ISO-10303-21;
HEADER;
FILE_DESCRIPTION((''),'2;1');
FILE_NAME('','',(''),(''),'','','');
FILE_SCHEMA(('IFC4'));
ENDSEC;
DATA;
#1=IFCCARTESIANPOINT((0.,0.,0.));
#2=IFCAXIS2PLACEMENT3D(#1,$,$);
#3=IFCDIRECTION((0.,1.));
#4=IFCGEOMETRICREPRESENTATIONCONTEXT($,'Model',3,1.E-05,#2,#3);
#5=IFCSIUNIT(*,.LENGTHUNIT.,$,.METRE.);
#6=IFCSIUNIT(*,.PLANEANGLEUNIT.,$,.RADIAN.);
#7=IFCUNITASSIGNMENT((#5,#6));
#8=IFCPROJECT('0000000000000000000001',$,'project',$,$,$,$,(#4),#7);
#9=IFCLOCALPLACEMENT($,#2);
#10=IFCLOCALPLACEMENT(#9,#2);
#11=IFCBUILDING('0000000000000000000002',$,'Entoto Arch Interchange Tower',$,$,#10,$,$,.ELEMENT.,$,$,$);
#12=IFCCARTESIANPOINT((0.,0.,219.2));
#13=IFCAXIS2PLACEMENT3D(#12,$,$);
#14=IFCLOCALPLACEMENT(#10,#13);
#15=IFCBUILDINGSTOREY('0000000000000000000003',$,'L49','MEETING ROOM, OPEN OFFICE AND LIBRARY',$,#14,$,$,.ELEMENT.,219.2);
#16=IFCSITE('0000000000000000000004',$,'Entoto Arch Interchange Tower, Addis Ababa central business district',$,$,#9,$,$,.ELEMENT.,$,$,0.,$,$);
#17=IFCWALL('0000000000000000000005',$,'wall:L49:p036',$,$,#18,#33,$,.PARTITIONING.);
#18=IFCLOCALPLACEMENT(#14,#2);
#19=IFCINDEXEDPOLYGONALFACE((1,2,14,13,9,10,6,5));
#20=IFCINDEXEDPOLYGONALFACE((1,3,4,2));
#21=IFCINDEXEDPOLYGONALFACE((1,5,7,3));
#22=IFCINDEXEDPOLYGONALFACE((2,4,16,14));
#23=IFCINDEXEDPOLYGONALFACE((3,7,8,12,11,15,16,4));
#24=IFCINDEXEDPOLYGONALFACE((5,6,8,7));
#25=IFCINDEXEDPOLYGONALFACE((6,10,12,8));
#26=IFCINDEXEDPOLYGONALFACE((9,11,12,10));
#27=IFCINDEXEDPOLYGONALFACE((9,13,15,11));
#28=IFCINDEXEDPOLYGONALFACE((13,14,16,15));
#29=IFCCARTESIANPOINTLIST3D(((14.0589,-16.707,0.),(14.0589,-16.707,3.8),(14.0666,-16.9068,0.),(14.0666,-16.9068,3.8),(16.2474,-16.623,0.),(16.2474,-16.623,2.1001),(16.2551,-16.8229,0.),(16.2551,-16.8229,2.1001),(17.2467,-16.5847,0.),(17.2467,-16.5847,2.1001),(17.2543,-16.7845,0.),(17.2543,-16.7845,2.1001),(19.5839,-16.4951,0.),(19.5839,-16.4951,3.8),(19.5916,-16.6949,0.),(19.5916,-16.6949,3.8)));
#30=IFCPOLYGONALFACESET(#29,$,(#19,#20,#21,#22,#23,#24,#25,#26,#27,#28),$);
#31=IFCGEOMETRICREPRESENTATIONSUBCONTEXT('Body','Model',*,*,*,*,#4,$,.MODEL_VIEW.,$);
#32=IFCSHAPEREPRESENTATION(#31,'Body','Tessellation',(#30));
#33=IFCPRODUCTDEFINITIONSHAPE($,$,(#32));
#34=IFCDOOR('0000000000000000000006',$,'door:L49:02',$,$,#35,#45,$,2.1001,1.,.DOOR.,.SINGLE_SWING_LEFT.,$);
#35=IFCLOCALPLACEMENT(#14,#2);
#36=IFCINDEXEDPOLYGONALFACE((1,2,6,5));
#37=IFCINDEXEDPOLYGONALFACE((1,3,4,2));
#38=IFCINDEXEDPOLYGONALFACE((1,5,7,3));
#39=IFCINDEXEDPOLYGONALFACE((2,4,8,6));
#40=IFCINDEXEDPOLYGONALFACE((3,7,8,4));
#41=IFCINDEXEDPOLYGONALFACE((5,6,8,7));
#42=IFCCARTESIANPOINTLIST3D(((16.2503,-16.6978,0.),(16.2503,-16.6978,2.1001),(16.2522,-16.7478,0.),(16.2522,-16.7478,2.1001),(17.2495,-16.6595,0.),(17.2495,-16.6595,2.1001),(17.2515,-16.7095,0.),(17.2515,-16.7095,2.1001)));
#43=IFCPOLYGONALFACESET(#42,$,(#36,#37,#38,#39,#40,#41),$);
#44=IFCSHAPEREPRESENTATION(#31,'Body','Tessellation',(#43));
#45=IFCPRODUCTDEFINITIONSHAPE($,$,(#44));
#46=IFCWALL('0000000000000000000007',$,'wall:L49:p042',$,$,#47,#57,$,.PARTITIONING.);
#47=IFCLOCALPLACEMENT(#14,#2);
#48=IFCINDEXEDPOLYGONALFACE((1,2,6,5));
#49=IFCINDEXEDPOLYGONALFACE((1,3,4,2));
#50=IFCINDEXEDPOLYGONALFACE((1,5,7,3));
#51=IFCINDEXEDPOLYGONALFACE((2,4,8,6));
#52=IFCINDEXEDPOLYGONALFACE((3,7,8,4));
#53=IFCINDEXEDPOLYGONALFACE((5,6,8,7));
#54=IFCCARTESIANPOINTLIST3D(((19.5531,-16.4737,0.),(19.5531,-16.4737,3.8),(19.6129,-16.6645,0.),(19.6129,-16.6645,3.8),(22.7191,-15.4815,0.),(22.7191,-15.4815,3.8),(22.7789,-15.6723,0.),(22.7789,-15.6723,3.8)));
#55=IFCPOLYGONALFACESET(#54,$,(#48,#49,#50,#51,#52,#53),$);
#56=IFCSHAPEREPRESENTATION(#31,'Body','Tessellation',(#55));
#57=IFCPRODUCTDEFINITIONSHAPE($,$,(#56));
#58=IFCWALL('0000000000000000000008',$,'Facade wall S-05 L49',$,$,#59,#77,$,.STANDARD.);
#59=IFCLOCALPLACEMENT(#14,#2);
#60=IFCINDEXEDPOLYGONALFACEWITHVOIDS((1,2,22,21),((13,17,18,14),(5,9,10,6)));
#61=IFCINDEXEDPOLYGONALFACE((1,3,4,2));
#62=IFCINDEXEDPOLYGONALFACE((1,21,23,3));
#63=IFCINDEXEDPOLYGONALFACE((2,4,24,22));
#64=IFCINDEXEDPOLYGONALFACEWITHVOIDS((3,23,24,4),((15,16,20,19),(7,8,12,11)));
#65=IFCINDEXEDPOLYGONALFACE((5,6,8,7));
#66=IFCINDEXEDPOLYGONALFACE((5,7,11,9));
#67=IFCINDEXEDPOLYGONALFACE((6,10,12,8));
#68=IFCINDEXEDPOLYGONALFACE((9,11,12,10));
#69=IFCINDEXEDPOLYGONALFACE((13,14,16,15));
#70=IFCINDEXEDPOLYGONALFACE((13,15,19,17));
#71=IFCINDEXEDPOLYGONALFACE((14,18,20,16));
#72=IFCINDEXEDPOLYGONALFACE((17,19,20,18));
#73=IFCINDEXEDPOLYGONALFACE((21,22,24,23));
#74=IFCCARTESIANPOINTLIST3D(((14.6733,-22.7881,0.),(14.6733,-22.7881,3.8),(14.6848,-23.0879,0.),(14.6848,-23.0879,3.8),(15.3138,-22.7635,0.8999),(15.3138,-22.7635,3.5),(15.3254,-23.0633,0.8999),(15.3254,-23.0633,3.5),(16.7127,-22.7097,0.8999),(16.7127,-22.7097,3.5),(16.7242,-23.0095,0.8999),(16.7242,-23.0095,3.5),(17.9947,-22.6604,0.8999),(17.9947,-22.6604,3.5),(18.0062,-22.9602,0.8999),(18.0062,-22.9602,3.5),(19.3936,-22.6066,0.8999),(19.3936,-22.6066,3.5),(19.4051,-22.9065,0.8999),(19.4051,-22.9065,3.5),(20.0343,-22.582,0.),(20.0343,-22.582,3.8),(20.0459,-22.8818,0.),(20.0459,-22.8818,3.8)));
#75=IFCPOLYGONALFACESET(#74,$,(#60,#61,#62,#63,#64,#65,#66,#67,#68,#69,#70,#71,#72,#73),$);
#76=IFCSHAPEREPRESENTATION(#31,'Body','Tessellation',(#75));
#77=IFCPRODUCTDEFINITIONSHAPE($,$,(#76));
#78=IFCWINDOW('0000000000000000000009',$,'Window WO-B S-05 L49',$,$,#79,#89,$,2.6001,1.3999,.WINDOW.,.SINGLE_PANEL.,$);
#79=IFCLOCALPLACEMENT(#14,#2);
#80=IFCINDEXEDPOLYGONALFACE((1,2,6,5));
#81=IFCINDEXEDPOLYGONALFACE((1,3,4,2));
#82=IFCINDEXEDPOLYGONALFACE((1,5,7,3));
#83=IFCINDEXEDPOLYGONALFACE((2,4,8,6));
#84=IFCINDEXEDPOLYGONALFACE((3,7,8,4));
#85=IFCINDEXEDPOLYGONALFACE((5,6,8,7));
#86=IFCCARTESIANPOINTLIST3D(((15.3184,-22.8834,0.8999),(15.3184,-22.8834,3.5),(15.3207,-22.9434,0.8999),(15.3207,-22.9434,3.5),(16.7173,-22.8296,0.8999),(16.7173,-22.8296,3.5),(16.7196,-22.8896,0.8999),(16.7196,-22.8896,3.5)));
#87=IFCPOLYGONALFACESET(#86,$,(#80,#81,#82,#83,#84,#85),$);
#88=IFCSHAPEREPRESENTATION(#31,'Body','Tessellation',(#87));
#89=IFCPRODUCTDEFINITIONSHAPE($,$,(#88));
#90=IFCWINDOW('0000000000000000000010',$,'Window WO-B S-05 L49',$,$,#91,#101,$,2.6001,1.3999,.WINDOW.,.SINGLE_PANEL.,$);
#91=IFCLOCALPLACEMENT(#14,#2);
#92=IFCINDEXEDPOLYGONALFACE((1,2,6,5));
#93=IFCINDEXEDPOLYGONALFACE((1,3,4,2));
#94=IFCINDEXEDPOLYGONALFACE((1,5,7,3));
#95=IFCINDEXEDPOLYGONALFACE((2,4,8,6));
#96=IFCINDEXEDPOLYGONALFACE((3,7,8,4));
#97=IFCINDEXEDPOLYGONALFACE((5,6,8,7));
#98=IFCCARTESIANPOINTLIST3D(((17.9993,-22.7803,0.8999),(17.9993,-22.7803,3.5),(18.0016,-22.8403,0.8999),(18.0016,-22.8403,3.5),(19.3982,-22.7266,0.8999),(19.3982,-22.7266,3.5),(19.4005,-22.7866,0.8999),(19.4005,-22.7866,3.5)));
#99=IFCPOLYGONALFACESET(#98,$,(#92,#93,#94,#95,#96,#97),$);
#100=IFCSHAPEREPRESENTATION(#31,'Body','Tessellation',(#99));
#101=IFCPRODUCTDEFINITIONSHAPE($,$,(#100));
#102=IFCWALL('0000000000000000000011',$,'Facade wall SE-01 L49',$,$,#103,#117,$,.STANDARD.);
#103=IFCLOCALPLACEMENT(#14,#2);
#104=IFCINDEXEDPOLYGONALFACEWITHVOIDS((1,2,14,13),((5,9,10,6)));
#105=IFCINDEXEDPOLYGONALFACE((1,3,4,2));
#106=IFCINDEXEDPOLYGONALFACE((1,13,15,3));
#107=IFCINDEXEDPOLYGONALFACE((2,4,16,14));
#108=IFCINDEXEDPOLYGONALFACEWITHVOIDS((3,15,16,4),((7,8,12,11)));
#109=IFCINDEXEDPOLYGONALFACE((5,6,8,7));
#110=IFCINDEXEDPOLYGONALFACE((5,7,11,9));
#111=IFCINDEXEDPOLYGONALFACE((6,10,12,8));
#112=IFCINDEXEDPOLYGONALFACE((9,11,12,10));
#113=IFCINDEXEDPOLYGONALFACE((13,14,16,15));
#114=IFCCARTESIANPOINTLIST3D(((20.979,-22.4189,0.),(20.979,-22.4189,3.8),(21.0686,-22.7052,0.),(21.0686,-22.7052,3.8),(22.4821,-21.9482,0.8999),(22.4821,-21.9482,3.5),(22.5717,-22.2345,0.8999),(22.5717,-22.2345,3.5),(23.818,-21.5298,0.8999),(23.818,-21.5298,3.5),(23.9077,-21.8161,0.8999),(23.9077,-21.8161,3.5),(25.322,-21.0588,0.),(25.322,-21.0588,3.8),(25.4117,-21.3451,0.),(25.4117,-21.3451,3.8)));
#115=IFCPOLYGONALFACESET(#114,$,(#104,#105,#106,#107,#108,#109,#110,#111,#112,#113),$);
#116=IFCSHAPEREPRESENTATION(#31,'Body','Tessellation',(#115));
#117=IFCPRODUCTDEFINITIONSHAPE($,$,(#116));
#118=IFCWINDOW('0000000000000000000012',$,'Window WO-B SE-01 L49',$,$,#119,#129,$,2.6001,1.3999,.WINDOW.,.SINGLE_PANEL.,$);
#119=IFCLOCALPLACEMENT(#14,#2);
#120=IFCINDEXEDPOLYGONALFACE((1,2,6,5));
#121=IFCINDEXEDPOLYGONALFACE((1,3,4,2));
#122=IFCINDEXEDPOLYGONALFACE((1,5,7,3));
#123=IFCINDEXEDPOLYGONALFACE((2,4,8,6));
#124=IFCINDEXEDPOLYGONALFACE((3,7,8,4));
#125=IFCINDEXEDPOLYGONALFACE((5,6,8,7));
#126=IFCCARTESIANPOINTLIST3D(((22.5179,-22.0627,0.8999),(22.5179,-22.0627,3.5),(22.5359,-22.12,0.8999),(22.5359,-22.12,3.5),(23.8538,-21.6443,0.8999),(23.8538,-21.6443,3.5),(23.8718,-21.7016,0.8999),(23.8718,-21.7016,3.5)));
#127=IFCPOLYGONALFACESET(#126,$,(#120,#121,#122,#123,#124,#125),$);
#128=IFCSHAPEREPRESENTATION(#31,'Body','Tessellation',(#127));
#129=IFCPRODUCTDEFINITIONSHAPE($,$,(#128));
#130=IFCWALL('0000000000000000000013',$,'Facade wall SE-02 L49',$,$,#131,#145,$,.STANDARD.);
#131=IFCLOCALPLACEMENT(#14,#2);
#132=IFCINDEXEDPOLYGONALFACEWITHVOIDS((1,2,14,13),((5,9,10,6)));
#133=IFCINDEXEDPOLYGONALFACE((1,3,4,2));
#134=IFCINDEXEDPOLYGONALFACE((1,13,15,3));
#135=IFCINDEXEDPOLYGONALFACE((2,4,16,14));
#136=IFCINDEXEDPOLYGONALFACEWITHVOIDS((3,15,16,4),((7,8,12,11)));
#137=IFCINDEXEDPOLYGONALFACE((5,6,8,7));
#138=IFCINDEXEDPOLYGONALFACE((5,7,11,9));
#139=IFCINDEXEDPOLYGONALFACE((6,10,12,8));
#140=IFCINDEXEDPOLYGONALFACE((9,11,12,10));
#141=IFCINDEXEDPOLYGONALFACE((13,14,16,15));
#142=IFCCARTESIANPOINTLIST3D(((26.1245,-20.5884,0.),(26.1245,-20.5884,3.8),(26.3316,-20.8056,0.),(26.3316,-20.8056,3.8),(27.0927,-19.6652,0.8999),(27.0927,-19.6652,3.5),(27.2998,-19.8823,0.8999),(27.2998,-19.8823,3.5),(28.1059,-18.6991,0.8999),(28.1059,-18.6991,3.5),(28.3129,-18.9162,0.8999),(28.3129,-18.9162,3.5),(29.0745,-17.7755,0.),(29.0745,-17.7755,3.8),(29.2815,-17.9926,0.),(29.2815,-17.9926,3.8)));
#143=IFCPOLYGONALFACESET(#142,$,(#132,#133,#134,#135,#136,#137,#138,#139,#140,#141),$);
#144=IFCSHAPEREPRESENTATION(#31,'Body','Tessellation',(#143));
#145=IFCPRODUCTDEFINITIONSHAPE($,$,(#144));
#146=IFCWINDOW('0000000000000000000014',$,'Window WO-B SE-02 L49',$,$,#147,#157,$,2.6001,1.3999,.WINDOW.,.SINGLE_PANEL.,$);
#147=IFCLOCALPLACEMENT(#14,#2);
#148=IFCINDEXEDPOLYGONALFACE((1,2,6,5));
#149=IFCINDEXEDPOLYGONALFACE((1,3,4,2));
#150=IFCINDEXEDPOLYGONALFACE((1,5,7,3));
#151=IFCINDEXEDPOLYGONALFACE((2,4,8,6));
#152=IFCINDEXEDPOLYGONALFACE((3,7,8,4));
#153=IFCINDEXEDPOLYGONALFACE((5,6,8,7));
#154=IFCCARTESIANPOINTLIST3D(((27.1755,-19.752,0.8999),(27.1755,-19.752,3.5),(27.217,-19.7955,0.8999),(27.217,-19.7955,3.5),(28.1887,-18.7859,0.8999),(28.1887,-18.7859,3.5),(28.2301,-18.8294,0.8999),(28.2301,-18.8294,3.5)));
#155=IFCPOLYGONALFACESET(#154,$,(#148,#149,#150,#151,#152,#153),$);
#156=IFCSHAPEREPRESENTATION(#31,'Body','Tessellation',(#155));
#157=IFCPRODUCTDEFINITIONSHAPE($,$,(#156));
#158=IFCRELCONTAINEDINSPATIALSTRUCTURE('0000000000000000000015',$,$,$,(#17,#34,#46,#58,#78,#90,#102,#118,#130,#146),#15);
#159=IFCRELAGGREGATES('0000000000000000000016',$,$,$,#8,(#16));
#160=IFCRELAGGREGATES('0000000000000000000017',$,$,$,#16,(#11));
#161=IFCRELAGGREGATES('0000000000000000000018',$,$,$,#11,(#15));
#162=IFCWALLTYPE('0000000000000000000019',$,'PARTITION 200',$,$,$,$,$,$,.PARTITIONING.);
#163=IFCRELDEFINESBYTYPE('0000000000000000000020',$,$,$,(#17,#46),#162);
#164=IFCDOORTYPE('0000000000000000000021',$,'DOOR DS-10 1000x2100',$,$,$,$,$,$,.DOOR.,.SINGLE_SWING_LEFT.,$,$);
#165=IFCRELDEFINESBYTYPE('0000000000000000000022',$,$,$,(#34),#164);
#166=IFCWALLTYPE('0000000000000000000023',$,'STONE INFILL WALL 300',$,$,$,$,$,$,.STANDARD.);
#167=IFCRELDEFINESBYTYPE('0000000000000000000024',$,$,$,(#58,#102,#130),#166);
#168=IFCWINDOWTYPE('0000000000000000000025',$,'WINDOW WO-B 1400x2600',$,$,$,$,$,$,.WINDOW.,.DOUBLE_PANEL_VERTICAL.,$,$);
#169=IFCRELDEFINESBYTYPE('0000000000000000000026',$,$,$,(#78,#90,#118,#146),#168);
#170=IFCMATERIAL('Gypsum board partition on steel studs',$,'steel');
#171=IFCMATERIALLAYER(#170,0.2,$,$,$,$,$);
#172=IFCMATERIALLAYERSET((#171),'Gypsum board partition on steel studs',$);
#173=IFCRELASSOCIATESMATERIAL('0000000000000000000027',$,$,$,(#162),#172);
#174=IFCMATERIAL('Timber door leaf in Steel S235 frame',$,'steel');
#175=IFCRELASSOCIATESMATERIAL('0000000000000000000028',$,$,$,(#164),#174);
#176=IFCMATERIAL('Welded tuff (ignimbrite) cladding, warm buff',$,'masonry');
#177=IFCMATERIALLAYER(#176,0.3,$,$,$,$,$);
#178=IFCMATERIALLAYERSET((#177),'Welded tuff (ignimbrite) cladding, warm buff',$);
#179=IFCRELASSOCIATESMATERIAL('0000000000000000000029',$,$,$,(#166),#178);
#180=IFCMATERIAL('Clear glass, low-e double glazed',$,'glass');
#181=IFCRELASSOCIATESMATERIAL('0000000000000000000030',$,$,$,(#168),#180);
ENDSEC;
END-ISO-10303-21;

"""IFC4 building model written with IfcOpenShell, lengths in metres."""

from ifc_helpers import new_model, si_unit, direction, frame, frame_2d, origin, place, context, subcontext, project, spatial, rectangle, extrude, material, layer, layer_set, type_object, element, fill, save


model = new_model("IFC4")

# Units and contexts
model_context = context("Model", 3, precision=1e-05, world=origin(), true_north=direction((0.0, 1.0)))
body_context = subcontext(model_context, "Body", "Model", "MODEL_VIEW")
ifc_project = project(units=[si_unit("LENGTHUNIT", "METRE"), si_unit("PLANEANGLEUNIT", "RADIAN")], contexts=[model_context])

# Site, building, storey
site_placement = place(None, origin())
site = spatial("IfcSite", under=ifc_project, at=site_placement, Name="Entoto Arch Interchange Tower, Addis Ababa central business district", CompositionType="ELEMENT", RefElevation=0.0)
building_placement = place(site_placement, origin())
building = spatial("IfcBuilding", under=site, at=building_placement, Name="Entoto Arch Interchange Tower", CompositionType="ELEMENT")
storey_placement = place(building_placement, frame((0.0, 0.0, 219.2)))
storey = spatial("IfcBuildingStorey", under=building, at=storey_placement, Name="L49", Description="MEETING ROOM, OPEN OFFICE AND LIBRARY", CompositionType="ELEMENT", Elevation=219.2)

# Shared definitions
ifc_material_1 = material(Name="Gypsum board partition on steel studs", Category="steel")
ifc_layer_1 = layer(ifc_material_1, 0.2)
ifc_layer_set_1 = layer_set([ifc_layer_1], Name="Gypsum board partition on steel studs")
wall_type_1 = type_object("IfcWallType", Name="PARTITION 200", PredefinedType="PARTITIONING", material=ifc_layer_set_1)

# Wall, opening, door
ifc_material_2 = material(Name="Timber door leaf in Steel S235 frame", Category="steel")
door_type = type_object("IfcDoorType", Name="DOOR DS-10 1000x2100", OperationType="SINGLE_SWING_LEFT", PredefinedType="DOOR", material=ifc_material_2)
wall_1_placement = place(storey_placement, frame((19.5879, -16.595, 0.0), z_axis=(0.0, 0.0, 1.0), x_axis=(-0.999265, -0.038328, 0.0)))
wall_1 = element("IfcWall", 1, at=wall_1_placement, inside=storey, type_object=wall_type_1, Name="wall:L49:p036", PredefinedType="PARTITIONING", context=body_context, shape_type="SweptSolid", body=[
    extrude(rectangle(XDim=5.5291, YDim=0.2, at=frame_2d((2.7646, 0.0))), origin(), (0.0, 0.0, 1.0), 3.8),
])
opening_1_placement = place(wall_1_placement, frame((2.3391, 0.0, 0.0)))
opening_1 = element("IfcOpeningElement", 2, at=opening_1_placement, cuts=wall_1, PredefinedType="OPENING", context=body_context, shape_type="SweptSolid", body=[
    extrude(rectangle(XDim=1.0, YDim=2.1001, at=frame_2d((0.5, 1.05))), frame((0.0, 0.1099, 0.0), z_axis=(0.0, -1.0, 0.0), x_axis=(1.0, 0.0, 0.0)), (0.0, 0.0, 1.0), 0.22),
])
door_1_placement = place(opening_1_placement, origin())
door_1 = element("IfcDoor", 3, at=door_1_placement, inside=storey, type_object=door_type, Name="door:L49:02", OperationType="SINGLE_SWING_LEFT", OverallHeight=2.1001, OverallWidth=1.0, PredefinedType="DOOR", context=body_context, shape_type="SweptSolid", body=[
    extrude(rectangle(XDim=1.0, YDim=2.1001, at=frame_2d((0.5, 1.05))), frame((0.0, 0.0249, 0.0), z_axis=(0.0, -1.0, 0.0), x_axis=(1.0, 0.0, 0.0)), (0.0, 0.0, 1.0), 0.05),
])
fill(opening_1, door_1)

# Wall
wall_2_placement = place(storey_placement, frame((22.749, -15.5769, 0.0), z_axis=(0.0, 0.0, 1.0), x_axis=(-0.954239, -0.299046, 0.0)))
element("IfcWall", 4, at=wall_2_placement, inside=storey, type_object=wall_type_1, Name="wall:L49:p042", PredefinedType="PARTITIONING", context=body_context, shape_type="SweptSolid", body=[
    extrude(rectangle(XDim=3.3179, YDim=0.2, at=frame_2d((1.6589, 0.0))), origin(), (0.0, 0.0, 1.0), 3.8),
])

# Wall, openings, windows
ifc_material_3 = material(Name="Welded tuff (ignimbrite) cladding, warm buff", Category="masonry")
ifc_layer_2 = layer(ifc_material_3, 0.3)
ifc_layer_set_2 = layer_set([ifc_layer_2], Name="Welded tuff (ignimbrite) cladding, warm buff")
wall_type_2 = type_object("IfcWallType", Name="STONE INFILL WALL 300", PredefinedType="STANDARD", material=ifc_layer_set_2)
wall_3_placement = place(storey_placement, frame((14.679, -22.938, 0.0), z_axis=(0.0, 0.0, 1.0), x_axis=(0.999262, 0.038407, 0.0)))
wall_3 = element("IfcWall", 5, at=wall_3_placement, inside=storey, type_object=wall_type_2, Name="Facade wall S-05 L49", PredefinedType="STANDARD", context=body_context, shape_type="SweptSolid", body=[
    extrude(rectangle(XDim=5.365, YDim=0.3, at=frame_2d((2.6826, 0.0))), origin(), (0.0, 0.0, 1.0), 3.8),
])
opening_2_placement = place(wall_3_placement, frame((0.6411, 0.0, 0.8999)))
opening_2 = element("IfcOpeningElement", 6, at=opening_2_placement, cuts=wall_3, PredefinedType="OPENING", context=body_context, shape_type="SweptSolid", body=[
    extrude(rectangle(XDim=1.3999, YDim=2.6001, at=frame_2d((0.7, 1.3))), frame((0.0, 0.1602, 0.0), z_axis=(0.0, -1.0, 0.0), x_axis=(1.0, 0.0, 0.0)), (0.0, 0.0, 1.0), 0.3201),
])
opening_3_placement = place(wall_3_placement, frame((3.324, 0.0, 0.8999)))
opening_3 = element("IfcOpeningElement", 7, at=opening_3_placement, cuts=wall_3, PredefinedType="OPENING", context=body_context, shape_type="SweptSolid", body=[
    extrude(rectangle(XDim=1.3999, YDim=2.6001, at=frame_2d((0.7, 1.3))), frame((0.0, 0.1602, 0.0), z_axis=(0.0, -1.0, 0.0), x_axis=(1.0, 0.0, 0.0)), (0.0, 0.0, 1.0), 0.3201),
])
ifc_material_4 = material(Name="Clear glass, low-e double glazed", Category="glass")
window_type = type_object("IfcWindowType", Name="WINDOW WO-B 1400x2600", PartitioningType="DOUBLE_PANEL_VERTICAL", PredefinedType="WINDOW", material=ifc_material_4)
window_1_placement = place(opening_2_placement, origin())
window_1 = element("IfcWindow", 8, at=window_1_placement, inside=storey, type_object=window_type, Name="Window WO-B S-05 L49", OverallHeight=2.6001, OverallWidth=1.3999, PartitioningType="SINGLE_PANEL", PredefinedType="WINDOW", context=body_context, shape_type="SweptSolid", body=[
    extrude(rectangle(XDim=1.3999, YDim=2.6001, at=frame_2d((0.7, 1.3))), frame((0.0, 0.03, 0.0), z_axis=(0.0, -1.0, 0.0), x_axis=(1.0, 0.0, 0.0)), (0.0, 0.0, 1.0), 0.0601),
])
fill(opening_2, window_1)
window_2_placement = place(opening_3_placement, origin())
window_2 = element("IfcWindow", 9, at=window_2_placement, inside=storey, type_object=window_type, Name="Window WO-B S-05 L49", OverallHeight=2.6001, OverallWidth=1.3999, PartitioningType="SINGLE_PANEL", PredefinedType="WINDOW", context=body_context, shape_type="SweptSolid", body=[
    extrude(rectangle(XDim=1.3999, YDim=2.6001, at=frame_2d((0.7, 1.3))), frame((0.0, 0.03, 0.0), z_axis=(0.0, -1.0, 0.0), x_axis=(1.0, 0.0, 0.0)), (0.0, 0.0, 1.0), 0.0601),
])
fill(opening_3, window_2)

# Walls, openings, windows
wall_4_placement = place(storey_placement, frame((21.0239, -22.562, 0.0), z_axis=(0.0, 0.0, 1.0), x_axis=(0.954297, 0.298858, 0.0)))
wall_4 = element("IfcWall", 10, at=wall_4_placement, inside=storey, type_object=wall_type_2, Name="Facade wall SE-01 L49", PredefinedType="STANDARD", context=body_context, shape_type="SweptSolid", body=[
    extrude(rectangle(XDim=4.551, YDim=0.3, at=frame_2d((2.2754, 0.0))), origin(), (0.0, 0.0, 1.0), 3.8),
])
opening_4_placement = place(wall_4_placement, frame((1.575, 0.0, 0.8999)))
opening_4 = element("IfcOpeningElement", 11, at=opening_4_placement, cuts=wall_4, PredefinedType="OPENING", context=body_context, shape_type="SweptSolid", body=[
    extrude(rectangle(XDim=1.3999, YDim=2.6001, at=frame_2d((0.7, 1.3))), frame((0.0, 0.1602, 0.0), z_axis=(0.0, -1.0, 0.0), x_axis=(1.0, 0.0, 0.0)), (0.0, 0.0, 1.0), 0.3201),
])
window_3_placement = place(opening_4_placement, origin())
window_3 = element("IfcWindow", 12, at=window_3_placement, inside=storey, type_object=window_type, Name="Window WO-B SE-01 L49", OverallHeight=2.6001, OverallWidth=1.3999, PartitioningType="SINGLE_PANEL", PredefinedType="WINDOW", context=body_context, shape_type="SweptSolid", body=[
    extrude(rectangle(XDim=1.3999, YDim=2.6001, at=frame_2d((0.7, 1.3))), frame((0.0, 0.03, 0.0), z_axis=(0.0, -1.0, 0.0), x_axis=(1.0, 0.0, 0.0)), (0.0, 0.0, 1.0), 0.0601),
])
fill(opening_4, window_3)
wall_5_placement = place(storey_placement, frame((26.228, -20.697, 0.0), z_axis=(0.0, 0.0, 1.0), x_axis=(0.723708, 0.690107, 0.0)))
wall_5 = element("IfcWall", 13, at=wall_5_placement, inside=storey, type_object=wall_type_2, Name="Facade wall SE-02 L49", PredefinedType="STANDARD", context=body_context, shape_type="SweptSolid", body=[
    extrude(rectangle(XDim=4.0762, YDim=0.3, at=frame_2d((2.0381, 0.0))), origin(), (0.0, 0.0, 1.0), 3.8),
])
opening_5_placement = place(wall_5_placement, frame((1.3379, 0.0, 0.8999)))
opening_5 = element("IfcOpeningElement", 14, at=opening_5_placement, cuts=wall_5, PredefinedType="OPENING", context=body_context, shape_type="SweptSolid", body=[
    extrude(rectangle(XDim=1.3999, YDim=2.6001, at=frame_2d((0.7, 1.3))), frame((0.0, 0.1602, 0.0), z_axis=(0.0, -1.0, 0.0), x_axis=(1.0, 0.0, 0.0)), (0.0, 0.0, 1.0), 0.3201),
])
window_4_placement = place(opening_5_placement, origin())
window_4 = element("IfcWindow", 15, at=window_4_placement, inside=storey, type_object=window_type, Name="Window WO-B SE-02 L49", OverallHeight=2.6001, OverallWidth=1.3999, PartitioningType="SINGLE_PANEL", PredefinedType="WINDOW", context=body_context, shape_type="SweptSolid", body=[
    extrude(rectangle(XDim=1.3999, YDim=2.6001, at=frame_2d((0.7, 1.3))), frame((0.0, 0.03, 0.0), z_axis=(0.0, -1.0, 0.0), x_axis=(1.0, 0.0, 0.0)), (0.0, 0.0, 1.0), 0.0601),
])
fill(opening_5, window_4)

save(model, "model.ifc")
